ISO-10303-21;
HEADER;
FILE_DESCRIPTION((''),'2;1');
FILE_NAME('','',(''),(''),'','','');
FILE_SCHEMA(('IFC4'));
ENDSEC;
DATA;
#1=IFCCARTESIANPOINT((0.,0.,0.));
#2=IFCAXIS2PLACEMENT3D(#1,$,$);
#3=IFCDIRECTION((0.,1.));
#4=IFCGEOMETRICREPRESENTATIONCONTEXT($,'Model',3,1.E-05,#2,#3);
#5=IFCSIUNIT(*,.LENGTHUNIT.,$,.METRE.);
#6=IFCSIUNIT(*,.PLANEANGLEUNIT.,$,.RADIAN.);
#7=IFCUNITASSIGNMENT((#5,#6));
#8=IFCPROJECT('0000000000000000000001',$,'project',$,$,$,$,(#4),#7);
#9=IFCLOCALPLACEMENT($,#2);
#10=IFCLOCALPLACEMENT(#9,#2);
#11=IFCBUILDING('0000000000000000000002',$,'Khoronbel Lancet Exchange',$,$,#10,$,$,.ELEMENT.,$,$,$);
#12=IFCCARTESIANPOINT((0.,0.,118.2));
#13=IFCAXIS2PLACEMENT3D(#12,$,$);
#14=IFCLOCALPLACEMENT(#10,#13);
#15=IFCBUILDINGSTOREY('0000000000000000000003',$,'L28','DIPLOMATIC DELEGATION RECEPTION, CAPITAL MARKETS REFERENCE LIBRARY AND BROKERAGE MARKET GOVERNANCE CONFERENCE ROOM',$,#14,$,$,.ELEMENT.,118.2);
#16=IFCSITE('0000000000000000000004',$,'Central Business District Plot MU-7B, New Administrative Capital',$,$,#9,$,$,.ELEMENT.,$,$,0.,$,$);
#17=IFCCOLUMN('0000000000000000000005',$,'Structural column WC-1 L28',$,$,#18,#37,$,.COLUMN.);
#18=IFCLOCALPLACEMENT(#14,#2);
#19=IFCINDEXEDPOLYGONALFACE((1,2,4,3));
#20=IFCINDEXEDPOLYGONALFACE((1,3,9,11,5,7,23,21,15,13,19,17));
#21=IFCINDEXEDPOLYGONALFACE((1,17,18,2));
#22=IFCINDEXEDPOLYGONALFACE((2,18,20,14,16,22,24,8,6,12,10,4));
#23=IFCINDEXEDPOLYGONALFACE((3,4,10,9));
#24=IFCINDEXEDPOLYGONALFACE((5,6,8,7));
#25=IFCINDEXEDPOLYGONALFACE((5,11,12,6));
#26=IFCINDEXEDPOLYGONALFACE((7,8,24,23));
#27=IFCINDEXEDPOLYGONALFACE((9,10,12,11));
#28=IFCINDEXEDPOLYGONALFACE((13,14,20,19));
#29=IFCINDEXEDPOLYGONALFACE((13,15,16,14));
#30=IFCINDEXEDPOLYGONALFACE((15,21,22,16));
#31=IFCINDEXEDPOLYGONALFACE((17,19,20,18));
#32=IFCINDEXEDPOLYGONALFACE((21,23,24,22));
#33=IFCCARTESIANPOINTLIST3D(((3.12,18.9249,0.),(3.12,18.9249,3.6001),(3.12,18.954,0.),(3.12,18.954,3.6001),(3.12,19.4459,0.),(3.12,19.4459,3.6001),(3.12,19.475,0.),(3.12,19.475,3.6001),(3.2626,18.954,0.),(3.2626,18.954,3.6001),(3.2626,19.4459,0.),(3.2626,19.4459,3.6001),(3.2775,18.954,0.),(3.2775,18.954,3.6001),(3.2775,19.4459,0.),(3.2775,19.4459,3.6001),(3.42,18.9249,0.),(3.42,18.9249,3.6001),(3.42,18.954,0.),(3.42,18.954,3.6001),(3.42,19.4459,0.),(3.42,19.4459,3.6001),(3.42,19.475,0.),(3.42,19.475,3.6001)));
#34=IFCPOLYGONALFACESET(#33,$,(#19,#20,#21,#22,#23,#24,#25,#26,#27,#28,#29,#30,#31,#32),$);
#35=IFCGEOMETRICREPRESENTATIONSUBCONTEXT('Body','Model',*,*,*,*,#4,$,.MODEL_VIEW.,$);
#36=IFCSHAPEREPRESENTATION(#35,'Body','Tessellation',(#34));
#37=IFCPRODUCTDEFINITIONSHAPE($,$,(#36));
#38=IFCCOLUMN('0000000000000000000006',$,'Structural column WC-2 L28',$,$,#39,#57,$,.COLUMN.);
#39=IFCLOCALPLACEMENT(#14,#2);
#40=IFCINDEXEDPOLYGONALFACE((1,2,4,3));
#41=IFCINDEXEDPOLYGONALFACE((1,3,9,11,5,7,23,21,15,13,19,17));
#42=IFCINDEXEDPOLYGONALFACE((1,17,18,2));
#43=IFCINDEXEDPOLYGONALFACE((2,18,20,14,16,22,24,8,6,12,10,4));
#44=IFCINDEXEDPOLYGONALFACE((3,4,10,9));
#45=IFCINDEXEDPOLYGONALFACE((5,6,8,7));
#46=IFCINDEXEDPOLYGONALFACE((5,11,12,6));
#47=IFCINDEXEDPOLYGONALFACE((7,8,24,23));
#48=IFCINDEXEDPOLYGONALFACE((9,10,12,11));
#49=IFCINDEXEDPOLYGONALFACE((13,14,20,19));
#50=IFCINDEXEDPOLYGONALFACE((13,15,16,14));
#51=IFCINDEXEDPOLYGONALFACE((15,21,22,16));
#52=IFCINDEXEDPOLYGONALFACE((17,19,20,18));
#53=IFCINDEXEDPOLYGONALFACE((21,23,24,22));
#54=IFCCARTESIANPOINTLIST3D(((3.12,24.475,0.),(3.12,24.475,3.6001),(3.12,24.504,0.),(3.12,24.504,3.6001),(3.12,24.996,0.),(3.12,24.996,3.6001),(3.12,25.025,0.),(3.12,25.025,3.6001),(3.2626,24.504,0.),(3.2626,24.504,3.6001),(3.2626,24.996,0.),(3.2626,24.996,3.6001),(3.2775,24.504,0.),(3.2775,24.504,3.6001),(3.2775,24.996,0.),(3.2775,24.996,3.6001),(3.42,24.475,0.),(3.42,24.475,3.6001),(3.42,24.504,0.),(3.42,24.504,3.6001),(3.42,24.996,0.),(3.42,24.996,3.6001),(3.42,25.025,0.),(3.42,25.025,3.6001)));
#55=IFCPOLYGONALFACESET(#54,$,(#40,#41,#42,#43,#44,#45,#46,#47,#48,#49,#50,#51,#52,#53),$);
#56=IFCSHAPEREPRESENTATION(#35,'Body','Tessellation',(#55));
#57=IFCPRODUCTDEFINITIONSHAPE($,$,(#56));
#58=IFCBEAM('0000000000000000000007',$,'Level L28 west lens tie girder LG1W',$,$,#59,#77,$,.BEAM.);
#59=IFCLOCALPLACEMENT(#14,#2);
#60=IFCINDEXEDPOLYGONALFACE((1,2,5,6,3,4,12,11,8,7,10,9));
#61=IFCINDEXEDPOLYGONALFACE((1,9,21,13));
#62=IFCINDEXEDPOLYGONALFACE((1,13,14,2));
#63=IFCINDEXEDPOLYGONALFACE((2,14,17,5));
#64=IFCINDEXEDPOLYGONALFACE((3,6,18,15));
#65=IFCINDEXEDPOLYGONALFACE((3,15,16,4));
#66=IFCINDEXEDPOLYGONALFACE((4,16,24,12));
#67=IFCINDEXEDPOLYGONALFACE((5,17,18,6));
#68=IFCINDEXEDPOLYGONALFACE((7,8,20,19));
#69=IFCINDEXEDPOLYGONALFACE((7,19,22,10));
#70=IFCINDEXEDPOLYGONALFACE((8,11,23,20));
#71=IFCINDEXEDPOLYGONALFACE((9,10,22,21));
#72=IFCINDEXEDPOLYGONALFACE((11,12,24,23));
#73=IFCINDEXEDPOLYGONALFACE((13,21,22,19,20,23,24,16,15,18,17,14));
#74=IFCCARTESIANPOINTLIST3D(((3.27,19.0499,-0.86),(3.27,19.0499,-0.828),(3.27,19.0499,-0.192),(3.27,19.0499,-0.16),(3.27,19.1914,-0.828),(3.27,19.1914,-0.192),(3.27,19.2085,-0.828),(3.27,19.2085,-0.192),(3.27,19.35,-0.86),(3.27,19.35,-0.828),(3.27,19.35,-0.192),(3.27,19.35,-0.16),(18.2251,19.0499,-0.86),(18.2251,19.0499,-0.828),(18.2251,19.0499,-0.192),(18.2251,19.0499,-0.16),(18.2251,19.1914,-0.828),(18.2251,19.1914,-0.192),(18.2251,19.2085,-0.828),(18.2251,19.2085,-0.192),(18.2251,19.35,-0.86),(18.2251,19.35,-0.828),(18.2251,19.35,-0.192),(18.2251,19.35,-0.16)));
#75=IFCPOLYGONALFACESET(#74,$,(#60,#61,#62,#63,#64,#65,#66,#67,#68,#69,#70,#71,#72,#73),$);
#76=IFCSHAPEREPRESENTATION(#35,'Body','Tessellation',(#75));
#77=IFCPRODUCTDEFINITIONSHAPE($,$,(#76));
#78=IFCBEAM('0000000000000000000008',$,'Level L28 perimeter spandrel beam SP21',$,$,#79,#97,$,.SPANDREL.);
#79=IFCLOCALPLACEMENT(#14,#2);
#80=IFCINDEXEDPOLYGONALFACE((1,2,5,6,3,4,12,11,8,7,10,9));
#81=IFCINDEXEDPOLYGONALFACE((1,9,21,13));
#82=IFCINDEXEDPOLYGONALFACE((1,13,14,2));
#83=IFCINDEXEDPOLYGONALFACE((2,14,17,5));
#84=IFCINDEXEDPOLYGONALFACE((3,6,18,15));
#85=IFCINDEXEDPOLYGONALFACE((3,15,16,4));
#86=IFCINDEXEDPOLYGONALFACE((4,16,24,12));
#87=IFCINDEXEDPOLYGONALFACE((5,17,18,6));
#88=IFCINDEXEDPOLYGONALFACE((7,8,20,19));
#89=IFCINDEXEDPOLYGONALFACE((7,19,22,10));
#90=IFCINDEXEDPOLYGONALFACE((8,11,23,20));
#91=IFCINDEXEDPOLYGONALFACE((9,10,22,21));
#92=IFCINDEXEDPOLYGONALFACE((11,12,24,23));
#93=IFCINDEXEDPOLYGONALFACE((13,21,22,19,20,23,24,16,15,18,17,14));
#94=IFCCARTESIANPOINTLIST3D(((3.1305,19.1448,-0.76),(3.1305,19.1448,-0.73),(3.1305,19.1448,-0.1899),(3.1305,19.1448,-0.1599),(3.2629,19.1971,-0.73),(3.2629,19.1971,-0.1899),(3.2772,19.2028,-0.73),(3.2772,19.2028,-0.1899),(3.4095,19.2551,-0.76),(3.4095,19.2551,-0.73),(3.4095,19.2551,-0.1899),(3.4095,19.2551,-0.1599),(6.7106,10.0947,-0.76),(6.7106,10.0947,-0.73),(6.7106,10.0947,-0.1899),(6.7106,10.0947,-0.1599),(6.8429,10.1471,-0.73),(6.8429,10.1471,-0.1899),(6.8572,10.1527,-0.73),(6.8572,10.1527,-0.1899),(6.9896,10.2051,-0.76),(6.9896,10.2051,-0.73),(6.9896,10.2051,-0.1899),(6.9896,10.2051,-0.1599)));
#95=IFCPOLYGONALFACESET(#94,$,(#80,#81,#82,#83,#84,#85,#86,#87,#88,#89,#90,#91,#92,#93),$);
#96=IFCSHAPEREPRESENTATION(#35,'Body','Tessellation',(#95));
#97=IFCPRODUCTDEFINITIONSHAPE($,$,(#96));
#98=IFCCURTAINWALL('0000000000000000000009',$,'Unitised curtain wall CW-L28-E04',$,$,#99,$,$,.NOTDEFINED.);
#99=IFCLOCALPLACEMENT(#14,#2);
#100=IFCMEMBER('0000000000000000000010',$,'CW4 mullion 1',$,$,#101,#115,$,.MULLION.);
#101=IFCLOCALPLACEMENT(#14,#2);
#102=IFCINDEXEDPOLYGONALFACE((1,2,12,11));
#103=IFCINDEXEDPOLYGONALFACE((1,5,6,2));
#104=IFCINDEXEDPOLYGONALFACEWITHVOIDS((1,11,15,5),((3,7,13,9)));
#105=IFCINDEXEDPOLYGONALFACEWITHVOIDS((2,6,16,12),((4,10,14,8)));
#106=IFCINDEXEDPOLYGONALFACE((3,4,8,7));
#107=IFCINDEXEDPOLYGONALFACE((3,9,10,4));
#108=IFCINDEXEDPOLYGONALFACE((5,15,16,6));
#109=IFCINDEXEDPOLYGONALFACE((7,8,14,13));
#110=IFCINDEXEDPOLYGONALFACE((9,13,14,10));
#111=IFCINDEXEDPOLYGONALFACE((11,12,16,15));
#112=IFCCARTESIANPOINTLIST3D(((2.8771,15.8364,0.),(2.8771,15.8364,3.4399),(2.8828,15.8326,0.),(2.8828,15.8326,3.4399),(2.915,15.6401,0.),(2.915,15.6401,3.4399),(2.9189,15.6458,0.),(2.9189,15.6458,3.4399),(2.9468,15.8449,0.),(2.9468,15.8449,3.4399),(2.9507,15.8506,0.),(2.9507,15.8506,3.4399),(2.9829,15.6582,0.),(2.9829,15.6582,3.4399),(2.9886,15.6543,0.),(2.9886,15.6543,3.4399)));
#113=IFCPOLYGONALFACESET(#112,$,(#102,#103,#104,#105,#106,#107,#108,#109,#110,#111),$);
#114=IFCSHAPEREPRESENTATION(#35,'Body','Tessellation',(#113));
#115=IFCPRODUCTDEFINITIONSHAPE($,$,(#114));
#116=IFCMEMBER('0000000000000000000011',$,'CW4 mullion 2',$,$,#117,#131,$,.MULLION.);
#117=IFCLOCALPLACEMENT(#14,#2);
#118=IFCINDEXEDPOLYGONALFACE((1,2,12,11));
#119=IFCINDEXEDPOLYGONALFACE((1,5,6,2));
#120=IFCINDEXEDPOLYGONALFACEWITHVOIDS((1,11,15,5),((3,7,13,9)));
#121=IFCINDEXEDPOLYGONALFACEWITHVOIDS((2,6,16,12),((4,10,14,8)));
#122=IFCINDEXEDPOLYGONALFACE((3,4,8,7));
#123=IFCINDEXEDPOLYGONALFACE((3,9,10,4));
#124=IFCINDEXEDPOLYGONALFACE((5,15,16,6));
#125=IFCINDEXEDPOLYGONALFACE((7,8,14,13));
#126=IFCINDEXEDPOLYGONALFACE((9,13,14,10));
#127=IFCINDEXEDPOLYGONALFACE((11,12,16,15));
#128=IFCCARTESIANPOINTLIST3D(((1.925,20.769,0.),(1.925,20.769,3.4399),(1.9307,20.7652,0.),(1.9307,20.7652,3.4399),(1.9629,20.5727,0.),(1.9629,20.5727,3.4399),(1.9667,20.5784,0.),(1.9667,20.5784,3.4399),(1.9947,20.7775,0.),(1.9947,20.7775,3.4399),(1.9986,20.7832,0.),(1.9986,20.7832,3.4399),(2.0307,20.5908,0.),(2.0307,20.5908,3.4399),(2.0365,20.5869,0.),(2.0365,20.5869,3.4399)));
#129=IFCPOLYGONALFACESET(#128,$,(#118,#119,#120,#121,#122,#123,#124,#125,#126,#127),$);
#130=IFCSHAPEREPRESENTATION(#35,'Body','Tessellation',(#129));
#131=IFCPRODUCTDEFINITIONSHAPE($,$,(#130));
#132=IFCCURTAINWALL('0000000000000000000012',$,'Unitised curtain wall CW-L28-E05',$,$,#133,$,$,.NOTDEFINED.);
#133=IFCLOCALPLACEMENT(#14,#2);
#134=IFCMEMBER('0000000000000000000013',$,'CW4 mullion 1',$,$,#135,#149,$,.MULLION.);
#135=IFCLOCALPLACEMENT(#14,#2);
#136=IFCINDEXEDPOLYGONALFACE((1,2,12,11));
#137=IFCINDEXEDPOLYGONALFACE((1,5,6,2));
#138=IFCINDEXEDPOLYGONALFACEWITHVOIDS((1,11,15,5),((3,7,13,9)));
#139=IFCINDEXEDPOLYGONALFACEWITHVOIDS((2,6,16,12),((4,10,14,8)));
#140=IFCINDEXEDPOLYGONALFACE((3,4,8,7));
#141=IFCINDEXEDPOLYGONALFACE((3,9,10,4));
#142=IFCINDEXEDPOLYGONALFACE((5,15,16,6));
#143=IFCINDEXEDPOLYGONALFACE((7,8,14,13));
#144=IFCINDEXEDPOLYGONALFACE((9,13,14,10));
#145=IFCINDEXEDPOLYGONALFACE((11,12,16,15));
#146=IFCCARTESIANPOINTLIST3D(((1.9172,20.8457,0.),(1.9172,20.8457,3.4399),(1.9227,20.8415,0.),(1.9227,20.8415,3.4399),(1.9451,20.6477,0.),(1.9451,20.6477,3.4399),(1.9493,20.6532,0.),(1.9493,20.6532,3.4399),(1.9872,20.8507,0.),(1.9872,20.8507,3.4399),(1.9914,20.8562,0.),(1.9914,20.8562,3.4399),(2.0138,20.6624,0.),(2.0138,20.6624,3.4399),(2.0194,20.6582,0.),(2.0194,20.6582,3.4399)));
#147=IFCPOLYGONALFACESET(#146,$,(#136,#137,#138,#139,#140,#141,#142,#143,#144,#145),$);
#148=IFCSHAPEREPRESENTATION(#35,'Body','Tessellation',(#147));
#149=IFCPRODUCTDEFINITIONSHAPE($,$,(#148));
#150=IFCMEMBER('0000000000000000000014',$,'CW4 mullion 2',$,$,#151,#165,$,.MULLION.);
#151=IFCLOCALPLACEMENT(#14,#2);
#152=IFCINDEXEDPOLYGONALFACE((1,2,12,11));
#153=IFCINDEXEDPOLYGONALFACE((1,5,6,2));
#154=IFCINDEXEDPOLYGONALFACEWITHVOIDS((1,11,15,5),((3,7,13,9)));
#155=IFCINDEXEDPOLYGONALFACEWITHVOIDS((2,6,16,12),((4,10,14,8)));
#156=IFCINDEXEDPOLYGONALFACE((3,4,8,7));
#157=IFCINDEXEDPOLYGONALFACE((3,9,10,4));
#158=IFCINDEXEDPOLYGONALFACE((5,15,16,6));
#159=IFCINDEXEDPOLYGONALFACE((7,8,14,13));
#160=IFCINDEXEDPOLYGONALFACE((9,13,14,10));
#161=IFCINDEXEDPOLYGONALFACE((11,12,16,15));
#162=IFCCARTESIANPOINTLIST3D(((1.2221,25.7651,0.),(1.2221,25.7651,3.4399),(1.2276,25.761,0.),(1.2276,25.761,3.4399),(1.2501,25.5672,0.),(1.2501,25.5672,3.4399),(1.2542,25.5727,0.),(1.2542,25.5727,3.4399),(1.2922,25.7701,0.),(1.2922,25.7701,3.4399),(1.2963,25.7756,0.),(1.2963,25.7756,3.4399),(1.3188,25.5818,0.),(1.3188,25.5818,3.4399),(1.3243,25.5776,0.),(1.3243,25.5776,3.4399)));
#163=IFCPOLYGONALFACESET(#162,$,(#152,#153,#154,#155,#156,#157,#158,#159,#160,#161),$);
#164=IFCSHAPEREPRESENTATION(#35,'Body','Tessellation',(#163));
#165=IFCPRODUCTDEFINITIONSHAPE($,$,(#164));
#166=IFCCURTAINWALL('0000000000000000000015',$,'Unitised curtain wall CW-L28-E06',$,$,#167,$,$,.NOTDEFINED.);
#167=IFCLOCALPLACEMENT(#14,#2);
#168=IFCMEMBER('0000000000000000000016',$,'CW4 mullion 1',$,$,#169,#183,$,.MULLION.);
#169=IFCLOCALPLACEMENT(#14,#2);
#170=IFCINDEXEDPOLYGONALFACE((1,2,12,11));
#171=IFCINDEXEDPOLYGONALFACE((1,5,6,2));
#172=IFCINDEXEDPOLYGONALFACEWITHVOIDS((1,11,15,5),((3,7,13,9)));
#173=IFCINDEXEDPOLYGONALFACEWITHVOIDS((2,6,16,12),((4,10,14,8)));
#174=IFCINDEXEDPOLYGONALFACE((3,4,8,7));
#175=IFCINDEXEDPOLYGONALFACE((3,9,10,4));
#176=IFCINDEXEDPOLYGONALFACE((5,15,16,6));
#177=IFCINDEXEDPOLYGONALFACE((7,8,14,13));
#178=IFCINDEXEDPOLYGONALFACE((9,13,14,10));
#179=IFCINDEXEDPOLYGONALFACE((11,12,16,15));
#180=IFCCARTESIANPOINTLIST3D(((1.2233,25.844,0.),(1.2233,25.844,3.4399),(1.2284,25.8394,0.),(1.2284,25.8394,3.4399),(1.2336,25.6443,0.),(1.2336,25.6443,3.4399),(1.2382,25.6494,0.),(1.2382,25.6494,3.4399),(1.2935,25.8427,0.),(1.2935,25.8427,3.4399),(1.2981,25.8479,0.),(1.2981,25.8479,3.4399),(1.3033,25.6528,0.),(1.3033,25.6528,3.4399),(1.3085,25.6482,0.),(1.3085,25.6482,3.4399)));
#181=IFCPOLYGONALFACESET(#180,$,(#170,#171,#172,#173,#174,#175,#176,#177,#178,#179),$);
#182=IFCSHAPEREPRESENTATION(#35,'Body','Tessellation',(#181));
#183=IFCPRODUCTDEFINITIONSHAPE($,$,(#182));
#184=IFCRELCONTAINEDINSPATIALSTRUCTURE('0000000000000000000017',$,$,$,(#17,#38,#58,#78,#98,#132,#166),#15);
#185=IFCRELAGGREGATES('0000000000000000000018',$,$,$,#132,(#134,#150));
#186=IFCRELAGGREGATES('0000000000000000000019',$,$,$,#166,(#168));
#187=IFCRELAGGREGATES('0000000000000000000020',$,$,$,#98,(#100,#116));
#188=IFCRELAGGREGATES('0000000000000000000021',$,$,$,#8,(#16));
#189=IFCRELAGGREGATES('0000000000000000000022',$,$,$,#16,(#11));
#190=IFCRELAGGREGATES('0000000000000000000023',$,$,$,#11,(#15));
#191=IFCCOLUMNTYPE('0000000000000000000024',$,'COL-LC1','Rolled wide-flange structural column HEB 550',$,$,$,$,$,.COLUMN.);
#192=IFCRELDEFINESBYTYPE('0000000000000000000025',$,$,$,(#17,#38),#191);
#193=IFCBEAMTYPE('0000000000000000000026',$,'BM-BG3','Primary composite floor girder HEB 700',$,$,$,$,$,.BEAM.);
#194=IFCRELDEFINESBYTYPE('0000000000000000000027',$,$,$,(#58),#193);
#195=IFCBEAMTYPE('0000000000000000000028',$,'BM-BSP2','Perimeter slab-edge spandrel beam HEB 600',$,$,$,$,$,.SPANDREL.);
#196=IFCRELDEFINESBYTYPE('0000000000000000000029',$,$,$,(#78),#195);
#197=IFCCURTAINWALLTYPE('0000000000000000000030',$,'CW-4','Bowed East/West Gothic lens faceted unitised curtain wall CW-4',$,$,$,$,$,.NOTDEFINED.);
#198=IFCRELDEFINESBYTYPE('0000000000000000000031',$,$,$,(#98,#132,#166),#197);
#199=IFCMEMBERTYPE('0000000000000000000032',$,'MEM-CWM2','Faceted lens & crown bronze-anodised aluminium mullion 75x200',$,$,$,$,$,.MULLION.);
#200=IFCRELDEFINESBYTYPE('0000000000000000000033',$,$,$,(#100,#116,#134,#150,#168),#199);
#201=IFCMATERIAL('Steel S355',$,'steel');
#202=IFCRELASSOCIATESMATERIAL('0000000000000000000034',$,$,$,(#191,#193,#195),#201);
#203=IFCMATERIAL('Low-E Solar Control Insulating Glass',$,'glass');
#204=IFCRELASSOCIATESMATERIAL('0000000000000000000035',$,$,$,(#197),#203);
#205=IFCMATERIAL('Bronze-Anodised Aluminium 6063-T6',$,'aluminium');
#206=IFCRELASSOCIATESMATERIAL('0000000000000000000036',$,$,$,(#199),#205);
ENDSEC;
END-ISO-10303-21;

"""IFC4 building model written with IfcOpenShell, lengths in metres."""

from ifc_helpers import new_model, si_unit, direction, frame, origin, origin_2d, place, context, subcontext, project, spatial, hollow_rectangle, i_section, extrude, material, material_profile, profile_set, type_object, element, aggregate, save


model = new_model("IFC4")

# Units and contexts
model_context = context("Model", 3, precision=1e-05, world=origin(), true_north=direction((0.0, 1.0)))
body_context = subcontext(model_context, "Body", "Model", "MODEL_VIEW")
ifc_project = project(units=[si_unit("LENGTHUNIT", "METRE"), si_unit("PLANEANGLEUNIT", "RADIAN")], contexts=[model_context])

# Site, building, storey
site_placement = place(None, origin())
site = spatial("IfcSite", under=ifc_project, at=site_placement, Name="Central Business District Plot MU-7B, New Administrative Capital", CompositionType="ELEMENT", RefElevation=0.0)
building_placement = place(site_placement, origin())
building = spatial("IfcBuilding", under=site, at=building_placement, Name="Khoronbel Lancet Exchange", CompositionType="ELEMENT")
storey_placement = place(building_placement, frame((0.0, 0.0, 118.2)))
storey = spatial("IfcBuildingStorey", under=building, at=storey_placement, Name="L28", Description="DIPLOMATIC DELEGATION RECEPTION, CAPITAL MARKETS REFERENCE LIBRARY AND BROKERAGE MARKET GOVERNANCE CONFERENCE ROOM", CompositionType="ELEMENT", Elevation=118.2)

# Columns
ifc_material_1 = material(Name="Steel S355", Category="steel")
ifc_material_profile_1 = material_profile(ifc_material_1, i_section(OverallWidth=0.3, OverallDepth=0.55, WebThickness=0.0149, FlangeThickness=0.0291, at=origin_2d()), Name="HEB 550")
ifc_profile_set_1 = profile_set([ifc_material_profile_1], Name="Steel S355")
column_type = type_object("IfcColumnType", Name="COL-LC1", Description="Rolled wide-flange structural column HEB 550", PredefinedType="COLUMN", material=ifc_profile_set_1)
for number, where, z_axis, x_axis, name in (
    (1, (3.27, 19.2, 0.0), (0.0, 0.0, 1.0), (1.0, 0.0, 0.0), "Structural column WC-1 L28"),
    (2, (3.27, 24.75, 0.0), (0.0, 0.0, 1.0), (1.0, 0.0, 0.0), "Structural column WC-2 L28"),
):
    element("IfcColumn", number, at=place(storey_placement, frame(where, z_axis=z_axis, x_axis=x_axis)), inside=storey, type_object=column_type, Name=name, PredefinedType="COLUMN", context=body_context, shape_type="SweptSolid", body=[
        extrude(i_section(OverallWidth=0.3, OverallDepth=0.55, WebThickness=0.0149, FlangeThickness=0.0291, at=origin_2d()), origin(), (0.0, 0.0, 1.0), 3.6001),
    ])

# Beams
ifc_material_profile_2 = material_profile(ifc_material_1, i_section(OverallWidth=0.3, OverallDepth=0.7, WebThickness=0.0171, FlangeThickness=0.032, at=origin_2d()), Name="HEB 700")
ifc_profile_set_2 = profile_set([ifc_material_profile_2], Name="Steel S355")
beam_type_1 = type_object("IfcBeamType", Name="BM-BG3", Description="Primary composite floor girder HEB 700", PredefinedType="BEAM", material=ifc_profile_set_2)
beam_1_placement = place(storey_placement, frame((3.27, 19.2, -0.51), z_axis=(1.0, 0.0, 0.0), x_axis=(0.0, 1.0, 0.0)))
element("IfcBeam", 3, at=beam_1_placement, inside=storey, type_object=beam_type_1, Name="Level L28 west lens tie girder LG1W", PredefinedType="BEAM", context=body_context, shape_type="SweptSolid", body=[
    extrude(i_section(OverallWidth=0.3, OverallDepth=0.7, WebThickness=0.0171, FlangeThickness=0.032, at=origin_2d()), origin(), (0.0, 0.0, 1.0), 14.9551),
])
ifc_material_profile_3 = material_profile(ifc_material_1, i_section(OverallWidth=0.3, OverallDepth=0.6001, WebThickness=0.0154, FlangeThickness=0.03, at=origin_2d()), Name="HEB 600")
ifc_profile_set_3 = profile_set([ifc_material_profile_3], Name="Steel S355")
beam_type_2 = type_object("IfcBeamType", Name="BM-BSP2", Description="Perimeter slab-edge spandrel beam HEB 600", PredefinedType="SPANDREL", material=ifc_profile_set_3)
beam_2_placement = place(storey_placement, frame((3.27, 19.2, -0.46), z_axis=(0.36785, -0.929885, 0.0), x_axis=(0.929885, 0.36785, 0.0)))
element("IfcBeam", 4, at=beam_2_placement, inside=storey, type_object=beam_type_2, Name="Level L28 perimeter spandrel beam SP21", PredefinedType="SPANDREL", context=body_context, shape_type="SweptSolid", body=[
    extrude(i_section(OverallWidth=0.3, OverallDepth=0.6001, WebThickness=0.0154, FlangeThickness=0.03, at=origin_2d()), origin(), (0.0, 0.0, 1.0), 9.7324),
])

# Curtain walls, members
ifc_material_2 = material(Name="Low-E Solar Control Insulating Glass", Category="glass")
curtain_wall_type = type_object("IfcCurtainWallType", Name="CW-4", Description="Bowed East/West Gothic lens faceted unitised curtain wall CW-4", PredefinedType="NOTDEFINED", material=ifc_material_2)
curtain_wall_1_placement = place(storey_placement, origin())
curtain_wall_1 = element("IfcCurtainWall", 5, at=curtain_wall_1_placement, inside=storey, type_object=curtain_wall_type, Name="Unitised curtain wall CW-L28-E04", PredefinedType="NOTDEFINED")
ifc_material_3 = material(Name="Bronze-Anodised Aluminium 6063-T6", Category="aluminium")
ifc_material_profile_4 = material_profile(ifc_material_3, hollow_rectangle(XDim=0.075, YDim=0.2, WallThickness=0.0049, at=origin_2d()), Name="ALU MULLION 75x200")
ifc_profile_set_4 = profile_set([ifc_material_profile_4], Name="Bronze-Anodised Aluminium 6063-T6")
member_type_1 = type_object("IfcMemberType", Name="MEM-CWM2", Description="Faceted lens & crown bronze-anodised aluminium mullion 75x200", PredefinedType="MULLION", material=ifc_profile_set_4)
member_1_placement = place(storey_placement, frame((2.9329, 15.7454, 0.0), z_axis=(0.0, 0.0, 1.0), x_axis=(-0.981873, -0.189541, 0.0)))
member_1 = element("IfcMember", 6, at=member_1_placement, type_object=member_type_1, Name="CW4 mullion 1", PredefinedType="MULLION", context=body_context, shape_type="SweptSolid", body=[
    extrude(hollow_rectangle(XDim=0.075, YDim=0.2, WallThickness=0.0049, at=origin_2d()), origin(), (0.0, 0.0, 1.0), 3.4399),
])
member_2_placement = place(storey_placement, frame((1.9807, 20.678, 0.0), z_axis=(0.0, 0.0, 1.0), x_axis=(-0.981873, -0.189541, 0.0)))
member_2 = element("IfcMember", 7, at=member_2_placement, type_object=member_type_1, Name="CW4 mullion 2", PredefinedType="MULLION", context=body_context, shape_type="SweptSolid", body=[
    extrude(hollow_rectangle(XDim=0.075, YDim=0.2, WallThickness=0.0049, at=origin_2d()), origin(), (0.0, 0.0, 1.0), 3.4399),
])
curtain_wall_2_placement = place(storey_placement, origin())
curtain_wall_2 = element("IfcCurtainWall", 8, at=curtain_wall_2_placement, inside=storey, type_object=curtain_wall_type, Name="Unitised curtain wall CW-L28-E05", PredefinedType="NOTDEFINED")
member_3_placement = place(storey_placement, frame((1.9683, 20.752, 0.0), z_axis=(0.0, 0.0, 1.0), x_axis=(-0.990162, -0.139925, 0.0)))
member_3 = element("IfcMember", 9, at=member_3_placement, type_object=member_type_1, Name="CW4 mullion 1", PredefinedType="MULLION", context=body_context, shape_type="SweptSolid", body=[
    extrude(hollow_rectangle(XDim=0.075, YDim=0.2, WallThickness=0.0049, at=origin_2d()), origin(), (0.0, 0.0, 1.0), 3.4399),
])
member_4_placement = place(storey_placement, frame((1.2732, 25.6714, 0.0), z_axis=(0.0, 0.0, 1.0), x_axis=(-0.990162, -0.139925, 0.0)))
member_4 = element("IfcMember", 10, at=member_4_placement, type_object=member_type_1, Name="CW4 mullion 2", PredefinedType="MULLION", context=body_context, shape_type="SweptSolid", body=[
    extrude(hollow_rectangle(XDim=0.075, YDim=0.2, WallThickness=0.0049, at=origin_2d()), origin(), (0.0, 0.0, 1.0), 3.4399),
])
curtain_wall_3_placement = place(storey_placement, origin())
curtain_wall_3 = element("IfcCurtainWall", 11, at=curtain_wall_3_placement, inside=storey, type_object=curtain_wall_type, Name="Unitised curtain wall CW-L28-E06", PredefinedType="NOTDEFINED")
member_5_placement = place(storey_placement, frame((1.2659, 25.7461, 0.0), z_axis=(0.0, 0.0, 1.0), x_axis=(-0.998665, -0.05166, 0.0)))
member_5 = element("IfcMember", 12, at=member_5_placement, type_object=member_type_1, Name="CW4 mullion 1", PredefinedType="MULLION", context=body_context, shape_type="SweptSolid", body=[
    extrude(hollow_rectangle(XDim=0.075, YDim=0.2, WallThickness=0.0049, at=origin_2d()), origin(), (0.0, 0.0, 1.0), 3.4399),
])

aggregate(curtain_wall_2, [member_3, member_4])
aggregate(curtain_wall_3, [member_5])
aggregate(curtain_wall_1, [member_1, member_2])

save(model, "model.ifc")
